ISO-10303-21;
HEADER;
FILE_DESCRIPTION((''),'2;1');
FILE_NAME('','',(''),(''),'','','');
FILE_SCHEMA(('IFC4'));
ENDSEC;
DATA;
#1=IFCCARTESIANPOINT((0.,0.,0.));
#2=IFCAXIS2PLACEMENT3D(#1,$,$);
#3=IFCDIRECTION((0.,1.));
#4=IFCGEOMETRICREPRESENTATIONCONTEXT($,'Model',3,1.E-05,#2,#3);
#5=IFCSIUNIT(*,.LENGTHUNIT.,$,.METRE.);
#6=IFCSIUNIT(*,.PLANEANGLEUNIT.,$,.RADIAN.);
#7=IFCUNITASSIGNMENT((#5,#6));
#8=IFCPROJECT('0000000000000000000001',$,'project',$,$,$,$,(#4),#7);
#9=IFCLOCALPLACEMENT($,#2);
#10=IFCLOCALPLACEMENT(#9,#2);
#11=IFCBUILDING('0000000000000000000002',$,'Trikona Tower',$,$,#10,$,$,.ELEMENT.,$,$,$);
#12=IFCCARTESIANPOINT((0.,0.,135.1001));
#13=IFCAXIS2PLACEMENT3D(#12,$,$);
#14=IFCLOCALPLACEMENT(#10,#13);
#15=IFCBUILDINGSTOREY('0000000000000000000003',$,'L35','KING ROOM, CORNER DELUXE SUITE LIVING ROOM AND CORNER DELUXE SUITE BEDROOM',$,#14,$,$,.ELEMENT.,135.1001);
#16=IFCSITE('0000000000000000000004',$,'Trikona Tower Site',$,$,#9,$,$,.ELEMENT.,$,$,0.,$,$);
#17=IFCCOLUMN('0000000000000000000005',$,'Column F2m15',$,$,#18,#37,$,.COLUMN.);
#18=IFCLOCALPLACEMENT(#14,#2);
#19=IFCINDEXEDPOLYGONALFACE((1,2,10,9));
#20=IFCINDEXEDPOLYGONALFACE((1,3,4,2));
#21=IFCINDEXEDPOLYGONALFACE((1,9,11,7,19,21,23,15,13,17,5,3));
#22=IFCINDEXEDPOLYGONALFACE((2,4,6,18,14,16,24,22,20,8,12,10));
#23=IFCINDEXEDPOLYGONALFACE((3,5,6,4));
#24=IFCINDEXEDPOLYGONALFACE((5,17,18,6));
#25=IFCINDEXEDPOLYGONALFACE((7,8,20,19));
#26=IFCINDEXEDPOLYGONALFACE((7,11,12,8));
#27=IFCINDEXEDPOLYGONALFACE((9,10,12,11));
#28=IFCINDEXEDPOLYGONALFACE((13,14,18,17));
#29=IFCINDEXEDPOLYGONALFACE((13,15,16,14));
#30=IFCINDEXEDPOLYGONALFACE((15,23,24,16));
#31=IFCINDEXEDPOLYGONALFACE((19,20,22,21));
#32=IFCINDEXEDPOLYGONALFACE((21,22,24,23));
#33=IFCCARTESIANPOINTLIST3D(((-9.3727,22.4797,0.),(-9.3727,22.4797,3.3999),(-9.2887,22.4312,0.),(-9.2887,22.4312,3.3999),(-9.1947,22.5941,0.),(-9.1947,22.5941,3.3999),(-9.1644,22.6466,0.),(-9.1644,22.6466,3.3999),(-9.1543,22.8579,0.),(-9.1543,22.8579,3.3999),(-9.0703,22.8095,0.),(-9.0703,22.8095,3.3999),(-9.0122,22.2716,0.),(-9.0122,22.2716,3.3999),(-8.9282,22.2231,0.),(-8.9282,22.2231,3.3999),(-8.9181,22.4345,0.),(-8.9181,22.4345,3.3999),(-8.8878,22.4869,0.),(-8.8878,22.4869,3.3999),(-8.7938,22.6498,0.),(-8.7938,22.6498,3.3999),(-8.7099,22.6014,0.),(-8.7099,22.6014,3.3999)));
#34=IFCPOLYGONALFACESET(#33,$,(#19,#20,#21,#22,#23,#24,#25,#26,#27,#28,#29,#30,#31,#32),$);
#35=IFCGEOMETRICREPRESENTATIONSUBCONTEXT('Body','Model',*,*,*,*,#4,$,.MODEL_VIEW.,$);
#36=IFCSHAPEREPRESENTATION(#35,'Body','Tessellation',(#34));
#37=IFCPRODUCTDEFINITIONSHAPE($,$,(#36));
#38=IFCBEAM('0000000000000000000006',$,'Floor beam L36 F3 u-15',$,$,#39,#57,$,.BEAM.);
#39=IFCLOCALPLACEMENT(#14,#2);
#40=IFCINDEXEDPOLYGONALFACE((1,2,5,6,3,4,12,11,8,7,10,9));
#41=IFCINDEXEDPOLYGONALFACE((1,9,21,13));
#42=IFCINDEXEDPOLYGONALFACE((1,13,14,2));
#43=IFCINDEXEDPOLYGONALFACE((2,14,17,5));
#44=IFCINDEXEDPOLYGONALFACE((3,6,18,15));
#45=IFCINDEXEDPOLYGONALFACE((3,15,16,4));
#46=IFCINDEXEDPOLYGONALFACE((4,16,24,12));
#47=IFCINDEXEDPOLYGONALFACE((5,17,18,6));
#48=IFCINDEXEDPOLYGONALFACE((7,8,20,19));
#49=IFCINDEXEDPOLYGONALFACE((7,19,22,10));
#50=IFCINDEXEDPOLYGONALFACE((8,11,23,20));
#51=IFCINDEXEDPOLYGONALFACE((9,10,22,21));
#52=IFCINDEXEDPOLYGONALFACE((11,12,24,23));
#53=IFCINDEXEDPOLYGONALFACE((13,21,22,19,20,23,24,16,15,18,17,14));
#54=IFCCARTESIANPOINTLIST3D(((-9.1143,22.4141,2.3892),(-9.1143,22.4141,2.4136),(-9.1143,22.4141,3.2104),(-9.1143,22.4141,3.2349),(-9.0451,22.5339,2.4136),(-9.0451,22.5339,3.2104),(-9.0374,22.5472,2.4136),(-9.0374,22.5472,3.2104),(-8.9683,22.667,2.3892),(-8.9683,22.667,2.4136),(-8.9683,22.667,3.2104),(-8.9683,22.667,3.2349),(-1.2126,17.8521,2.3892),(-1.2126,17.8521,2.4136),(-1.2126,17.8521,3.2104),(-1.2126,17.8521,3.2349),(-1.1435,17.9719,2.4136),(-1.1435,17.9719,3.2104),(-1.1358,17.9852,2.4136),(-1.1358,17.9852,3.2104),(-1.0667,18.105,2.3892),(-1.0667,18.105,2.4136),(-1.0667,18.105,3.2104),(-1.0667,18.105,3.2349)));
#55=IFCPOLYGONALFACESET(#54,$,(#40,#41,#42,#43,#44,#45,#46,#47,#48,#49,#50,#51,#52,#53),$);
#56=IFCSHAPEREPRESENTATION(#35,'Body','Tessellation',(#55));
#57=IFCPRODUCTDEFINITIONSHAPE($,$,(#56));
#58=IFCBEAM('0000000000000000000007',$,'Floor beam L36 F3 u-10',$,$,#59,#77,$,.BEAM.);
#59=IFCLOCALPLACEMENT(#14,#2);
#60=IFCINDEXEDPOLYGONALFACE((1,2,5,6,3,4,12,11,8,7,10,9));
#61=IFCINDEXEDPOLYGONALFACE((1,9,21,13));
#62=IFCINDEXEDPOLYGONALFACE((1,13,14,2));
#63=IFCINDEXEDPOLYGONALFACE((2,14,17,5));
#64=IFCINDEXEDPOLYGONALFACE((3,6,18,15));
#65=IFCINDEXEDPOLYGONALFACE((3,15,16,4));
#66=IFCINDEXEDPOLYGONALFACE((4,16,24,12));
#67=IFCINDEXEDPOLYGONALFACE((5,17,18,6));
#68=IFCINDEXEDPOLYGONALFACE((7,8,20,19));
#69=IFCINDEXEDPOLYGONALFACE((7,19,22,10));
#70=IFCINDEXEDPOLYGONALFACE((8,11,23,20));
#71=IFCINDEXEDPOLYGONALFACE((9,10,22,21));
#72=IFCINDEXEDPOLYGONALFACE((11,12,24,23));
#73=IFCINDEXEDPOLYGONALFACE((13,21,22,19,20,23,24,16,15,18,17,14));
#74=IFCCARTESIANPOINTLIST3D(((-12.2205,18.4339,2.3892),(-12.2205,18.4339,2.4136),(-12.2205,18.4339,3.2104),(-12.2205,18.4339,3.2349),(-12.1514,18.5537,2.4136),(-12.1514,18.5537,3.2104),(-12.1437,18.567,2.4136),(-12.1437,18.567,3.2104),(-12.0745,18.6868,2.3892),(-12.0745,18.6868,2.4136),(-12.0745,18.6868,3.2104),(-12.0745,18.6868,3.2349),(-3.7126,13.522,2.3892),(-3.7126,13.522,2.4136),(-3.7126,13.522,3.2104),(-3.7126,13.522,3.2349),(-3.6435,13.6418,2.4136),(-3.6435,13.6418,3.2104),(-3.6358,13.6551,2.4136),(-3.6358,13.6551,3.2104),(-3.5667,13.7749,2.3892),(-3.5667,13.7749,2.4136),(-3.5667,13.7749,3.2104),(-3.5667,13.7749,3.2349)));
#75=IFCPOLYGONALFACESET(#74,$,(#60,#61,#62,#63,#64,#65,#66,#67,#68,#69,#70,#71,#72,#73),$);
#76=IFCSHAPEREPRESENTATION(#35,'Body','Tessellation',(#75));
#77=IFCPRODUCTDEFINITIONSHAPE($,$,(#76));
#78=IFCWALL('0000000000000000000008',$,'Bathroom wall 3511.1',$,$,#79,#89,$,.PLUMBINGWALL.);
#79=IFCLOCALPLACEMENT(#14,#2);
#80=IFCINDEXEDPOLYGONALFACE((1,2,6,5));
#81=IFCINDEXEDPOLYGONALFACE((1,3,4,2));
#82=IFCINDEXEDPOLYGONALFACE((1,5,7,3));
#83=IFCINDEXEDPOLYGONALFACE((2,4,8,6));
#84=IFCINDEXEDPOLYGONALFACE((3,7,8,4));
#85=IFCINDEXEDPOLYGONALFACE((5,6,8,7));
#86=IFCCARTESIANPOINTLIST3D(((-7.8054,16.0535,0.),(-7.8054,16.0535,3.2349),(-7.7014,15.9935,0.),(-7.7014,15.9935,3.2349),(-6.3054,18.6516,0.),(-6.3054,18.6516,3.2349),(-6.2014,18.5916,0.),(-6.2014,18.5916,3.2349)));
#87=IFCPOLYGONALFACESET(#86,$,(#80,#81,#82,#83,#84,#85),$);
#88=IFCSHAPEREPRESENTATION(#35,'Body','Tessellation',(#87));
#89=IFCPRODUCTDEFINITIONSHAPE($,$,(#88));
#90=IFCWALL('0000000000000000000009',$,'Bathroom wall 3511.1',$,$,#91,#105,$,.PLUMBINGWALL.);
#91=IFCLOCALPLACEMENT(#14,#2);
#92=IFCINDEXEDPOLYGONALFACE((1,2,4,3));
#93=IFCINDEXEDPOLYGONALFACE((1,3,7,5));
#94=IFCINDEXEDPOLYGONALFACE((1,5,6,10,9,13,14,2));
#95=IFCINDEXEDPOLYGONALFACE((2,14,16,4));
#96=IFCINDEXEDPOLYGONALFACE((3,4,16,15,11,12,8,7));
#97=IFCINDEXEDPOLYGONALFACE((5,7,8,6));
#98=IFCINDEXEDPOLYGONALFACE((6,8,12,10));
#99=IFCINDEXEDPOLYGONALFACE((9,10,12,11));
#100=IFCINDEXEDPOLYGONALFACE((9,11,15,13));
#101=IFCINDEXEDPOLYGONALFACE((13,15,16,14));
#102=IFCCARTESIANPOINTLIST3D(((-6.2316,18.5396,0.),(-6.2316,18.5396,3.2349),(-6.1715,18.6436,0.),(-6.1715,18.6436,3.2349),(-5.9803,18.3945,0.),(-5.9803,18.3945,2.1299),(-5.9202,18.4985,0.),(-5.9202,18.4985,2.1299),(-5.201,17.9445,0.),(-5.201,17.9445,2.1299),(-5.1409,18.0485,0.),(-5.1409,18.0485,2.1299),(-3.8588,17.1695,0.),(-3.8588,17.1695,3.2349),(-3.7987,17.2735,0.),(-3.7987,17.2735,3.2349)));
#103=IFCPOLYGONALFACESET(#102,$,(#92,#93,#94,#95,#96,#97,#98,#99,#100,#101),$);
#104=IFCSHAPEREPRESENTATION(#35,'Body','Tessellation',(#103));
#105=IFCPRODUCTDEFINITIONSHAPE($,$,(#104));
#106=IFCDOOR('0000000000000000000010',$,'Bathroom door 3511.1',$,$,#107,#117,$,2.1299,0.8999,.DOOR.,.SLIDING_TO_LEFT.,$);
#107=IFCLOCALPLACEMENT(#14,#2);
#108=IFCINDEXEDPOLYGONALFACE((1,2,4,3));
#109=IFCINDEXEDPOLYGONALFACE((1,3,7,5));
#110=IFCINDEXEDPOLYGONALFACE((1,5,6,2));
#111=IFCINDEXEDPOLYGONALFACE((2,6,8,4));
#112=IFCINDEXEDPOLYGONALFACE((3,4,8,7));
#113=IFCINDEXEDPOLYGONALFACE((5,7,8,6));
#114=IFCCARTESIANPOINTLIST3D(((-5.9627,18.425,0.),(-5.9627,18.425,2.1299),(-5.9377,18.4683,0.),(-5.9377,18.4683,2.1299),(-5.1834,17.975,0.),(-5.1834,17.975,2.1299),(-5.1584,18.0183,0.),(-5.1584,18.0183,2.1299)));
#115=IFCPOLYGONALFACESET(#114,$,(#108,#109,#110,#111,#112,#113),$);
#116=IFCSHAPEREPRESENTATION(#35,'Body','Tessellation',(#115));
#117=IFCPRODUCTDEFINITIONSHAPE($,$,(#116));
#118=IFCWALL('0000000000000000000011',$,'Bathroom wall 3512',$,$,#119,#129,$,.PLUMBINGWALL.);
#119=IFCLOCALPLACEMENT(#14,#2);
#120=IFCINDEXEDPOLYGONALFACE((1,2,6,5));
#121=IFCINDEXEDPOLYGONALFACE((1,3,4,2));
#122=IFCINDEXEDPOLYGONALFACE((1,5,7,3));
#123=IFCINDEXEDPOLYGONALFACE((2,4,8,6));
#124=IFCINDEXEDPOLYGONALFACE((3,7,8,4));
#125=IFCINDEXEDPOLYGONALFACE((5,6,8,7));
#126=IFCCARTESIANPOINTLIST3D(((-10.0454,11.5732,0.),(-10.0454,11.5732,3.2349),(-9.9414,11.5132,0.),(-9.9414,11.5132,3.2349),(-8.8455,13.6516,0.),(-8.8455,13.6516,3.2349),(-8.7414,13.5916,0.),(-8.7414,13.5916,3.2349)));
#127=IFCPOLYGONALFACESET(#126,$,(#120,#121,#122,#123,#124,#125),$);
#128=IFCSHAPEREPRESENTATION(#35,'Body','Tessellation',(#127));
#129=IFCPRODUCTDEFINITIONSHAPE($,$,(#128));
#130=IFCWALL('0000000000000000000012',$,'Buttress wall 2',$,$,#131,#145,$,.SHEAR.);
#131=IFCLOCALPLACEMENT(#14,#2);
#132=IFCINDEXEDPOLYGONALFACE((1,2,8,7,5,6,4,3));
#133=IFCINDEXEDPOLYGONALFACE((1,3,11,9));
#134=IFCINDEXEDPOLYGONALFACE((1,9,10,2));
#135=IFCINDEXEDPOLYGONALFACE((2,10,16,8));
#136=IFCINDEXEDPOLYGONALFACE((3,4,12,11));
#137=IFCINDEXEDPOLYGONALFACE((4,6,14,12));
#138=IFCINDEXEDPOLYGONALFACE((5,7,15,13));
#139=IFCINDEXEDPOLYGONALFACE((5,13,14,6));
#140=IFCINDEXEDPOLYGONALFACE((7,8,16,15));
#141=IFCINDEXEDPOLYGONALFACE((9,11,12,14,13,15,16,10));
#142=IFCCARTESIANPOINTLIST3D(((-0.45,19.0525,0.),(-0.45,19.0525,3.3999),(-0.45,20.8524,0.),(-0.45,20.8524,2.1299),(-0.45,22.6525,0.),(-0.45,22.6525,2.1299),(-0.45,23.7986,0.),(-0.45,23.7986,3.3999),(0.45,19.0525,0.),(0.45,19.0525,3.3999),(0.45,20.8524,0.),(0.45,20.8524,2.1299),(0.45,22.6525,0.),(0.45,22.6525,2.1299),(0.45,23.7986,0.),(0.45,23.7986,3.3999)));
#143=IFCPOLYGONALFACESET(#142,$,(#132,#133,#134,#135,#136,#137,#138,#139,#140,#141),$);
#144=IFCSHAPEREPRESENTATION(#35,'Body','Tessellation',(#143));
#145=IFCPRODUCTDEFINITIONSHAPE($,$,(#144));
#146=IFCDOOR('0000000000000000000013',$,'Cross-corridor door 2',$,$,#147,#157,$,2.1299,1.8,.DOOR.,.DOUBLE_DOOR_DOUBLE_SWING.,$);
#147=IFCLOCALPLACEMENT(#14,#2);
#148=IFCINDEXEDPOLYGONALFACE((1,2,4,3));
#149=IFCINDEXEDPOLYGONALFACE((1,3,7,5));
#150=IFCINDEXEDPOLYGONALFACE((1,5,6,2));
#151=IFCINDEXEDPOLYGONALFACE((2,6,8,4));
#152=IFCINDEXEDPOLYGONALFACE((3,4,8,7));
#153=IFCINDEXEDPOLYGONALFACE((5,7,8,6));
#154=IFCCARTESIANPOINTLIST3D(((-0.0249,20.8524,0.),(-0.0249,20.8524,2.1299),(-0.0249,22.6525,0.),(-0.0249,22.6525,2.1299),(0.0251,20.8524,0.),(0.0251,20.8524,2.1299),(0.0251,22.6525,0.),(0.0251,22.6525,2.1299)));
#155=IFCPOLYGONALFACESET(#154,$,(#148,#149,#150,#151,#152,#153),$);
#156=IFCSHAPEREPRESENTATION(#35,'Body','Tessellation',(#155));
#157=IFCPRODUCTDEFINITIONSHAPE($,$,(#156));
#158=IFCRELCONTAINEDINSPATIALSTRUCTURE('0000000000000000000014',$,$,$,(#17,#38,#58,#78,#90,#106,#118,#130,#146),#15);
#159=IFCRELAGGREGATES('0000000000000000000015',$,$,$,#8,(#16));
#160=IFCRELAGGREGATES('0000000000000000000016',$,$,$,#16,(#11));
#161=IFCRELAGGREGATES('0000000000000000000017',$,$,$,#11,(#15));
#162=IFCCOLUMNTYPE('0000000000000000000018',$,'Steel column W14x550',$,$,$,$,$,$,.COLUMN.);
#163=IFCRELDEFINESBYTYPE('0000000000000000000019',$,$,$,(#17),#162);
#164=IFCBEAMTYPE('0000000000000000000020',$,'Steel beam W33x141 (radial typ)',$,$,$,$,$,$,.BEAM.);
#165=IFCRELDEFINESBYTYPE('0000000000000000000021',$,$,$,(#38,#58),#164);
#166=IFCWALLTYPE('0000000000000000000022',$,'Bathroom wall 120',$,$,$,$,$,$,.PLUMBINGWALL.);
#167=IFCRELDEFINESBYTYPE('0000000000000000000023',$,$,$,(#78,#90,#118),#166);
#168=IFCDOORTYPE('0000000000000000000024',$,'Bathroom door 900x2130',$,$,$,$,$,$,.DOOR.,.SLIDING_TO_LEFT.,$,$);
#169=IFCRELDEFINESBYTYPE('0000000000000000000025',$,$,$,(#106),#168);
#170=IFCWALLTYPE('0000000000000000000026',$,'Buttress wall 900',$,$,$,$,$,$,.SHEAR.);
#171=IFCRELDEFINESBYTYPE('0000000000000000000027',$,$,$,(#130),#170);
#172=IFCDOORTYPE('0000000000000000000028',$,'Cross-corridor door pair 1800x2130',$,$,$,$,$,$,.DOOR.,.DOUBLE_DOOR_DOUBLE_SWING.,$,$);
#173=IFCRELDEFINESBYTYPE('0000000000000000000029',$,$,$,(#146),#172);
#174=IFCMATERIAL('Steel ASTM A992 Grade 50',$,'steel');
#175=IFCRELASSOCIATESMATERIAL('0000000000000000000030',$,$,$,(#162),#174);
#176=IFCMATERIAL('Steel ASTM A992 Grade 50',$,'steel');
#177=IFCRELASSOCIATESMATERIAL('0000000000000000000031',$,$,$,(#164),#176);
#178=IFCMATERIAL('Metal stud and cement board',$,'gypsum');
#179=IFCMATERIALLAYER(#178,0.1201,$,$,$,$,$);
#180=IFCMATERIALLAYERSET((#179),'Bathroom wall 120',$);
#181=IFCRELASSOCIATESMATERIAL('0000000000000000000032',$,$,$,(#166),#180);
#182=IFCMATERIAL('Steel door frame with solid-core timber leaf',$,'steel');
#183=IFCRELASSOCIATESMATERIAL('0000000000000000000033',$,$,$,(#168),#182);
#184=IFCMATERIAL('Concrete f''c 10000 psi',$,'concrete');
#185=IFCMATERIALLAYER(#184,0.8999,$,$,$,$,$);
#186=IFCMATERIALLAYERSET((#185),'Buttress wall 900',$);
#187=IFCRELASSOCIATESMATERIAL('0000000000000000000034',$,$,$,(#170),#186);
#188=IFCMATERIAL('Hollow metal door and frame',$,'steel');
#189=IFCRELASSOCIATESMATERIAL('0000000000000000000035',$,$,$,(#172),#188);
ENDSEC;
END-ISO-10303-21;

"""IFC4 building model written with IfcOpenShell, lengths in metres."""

from ifc_helpers import new_model, si_unit, direction, frame, frame_2d, origin, origin_2d, place, context, subcontext, project, spatial, rectangle, i_section, extrude, material, layer, layer_set, material_profile, profile_set, type_object, element, fill, save


model = new_model("IFC4")

# Units and contexts
model_context = context("Model", 3, precision=1e-05, world=origin(), true_north=direction((0.0, 1.0)))
body_context = subcontext(model_context, "Body", "Model", "MODEL_VIEW")
ifc_project = project(units=[si_unit("LENGTHUNIT", "METRE"), si_unit("PLANEANGLEUNIT", "RADIAN")], contexts=[model_context])

# Site, building, storey
site_placement = place(None, origin())
site = spatial("IfcSite", under=ifc_project, at=site_placement, Name="Trikona Tower Site", CompositionType="ELEMENT", RefElevation=0.0)
building_placement = place(site_placement, origin())
building = spatial("IfcBuilding", under=site, at=building_placement, Name="Trikona Tower", CompositionType="ELEMENT")
storey_placement = place(building_placement, frame((0.0, 0.0, 135.1001)))
storey = spatial("IfcBuildingStorey", under=building, at=storey_placement, Name="L35", Description="KING ROOM, CORNER DELUXE SUITE LIVING ROOM AND CORNER DELUXE SUITE BEDROOM", CompositionType="ELEMENT", Elevation=135.1001)

# Column
ifc_material_1 = material(Name="Steel ASTM A992 Grade 50", Category="steel")
ifc_material_profile_1 = material_profile(ifc_material_1, i_section(OverallWidth=0.4368, OverallDepth=0.5132, WebThickness=0.0605, FlangeThickness=0.0969, at=origin_2d()), Name="W14X550")
ifc_profile_set_1 = profile_set([ifc_material_profile_1], Name="Steel ASTM A992 Grade 50")
column_type = type_object("IfcColumnType", Name="Steel column W14x550", PredefinedType="COLUMN", material=ifc_profile_set_1)
column_placement = place(storey_placement, frame((-9.0413, 22.5405, 0.0), z_axis=(0.0, 0.0, 1.0), x_axis=(-0.5, -0.866025, 0.0)))
element("IfcColumn", 1, at=column_placement, inside=storey, type_object=column_type, Name="Column F2m15", PredefinedType="COLUMN", context=body_context, shape_type="SweptSolid", body=[
    extrude(i_section(OverallWidth=0.4368, OverallDepth=0.5132, WebThickness=0.0605, FlangeThickness=0.0969, at=origin_2d()), origin(), (0.0, 0.0, 1.0), 3.3999),
])

# Beams
ifc_material_2 = material(Name="Steel ASTM A992 Grade 50", Category="steel")
ifc_material_profile_2 = material_profile(ifc_material_2, i_section(OverallWidth=0.292, OverallDepth=0.8457, WebThickness=0.0154, FlangeThickness=0.0244, at=origin_2d()), Name="W33X141")
ifc_profile_set_2 = profile_set([ifc_material_profile_2], Name="Steel ASTM A992 Grade 50")
beam_type = type_object("IfcBeamType", Name="Steel beam W33x141 (radial typ)", PredefinedType="BEAM", material=ifc_profile_set_2)
beam_1_placement = place(storey_placement, frame((-1.1396, 17.9785, 2.812), z_axis=(-0.866025, 0.500001, 0.0), x_axis=(-0.500001, -0.866025, 0.0)))
element("IfcBeam", 2, at=beam_1_placement, inside=storey, type_object=beam_type, Name="Floor beam L36 F3 u-15", PredefinedType="BEAM", context=body_context, shape_type="SweptSolid", body=[
    extrude(i_section(OverallWidth=0.292, OverallDepth=0.8457, WebThickness=0.0154, FlangeThickness=0.0244, at=origin_2d()), origin(), (0.0, 0.0, 1.0), 9.124),
])
beam_2_placement = place(storey_placement, frame((-3.6396, 13.6484, 2.812), z_axis=(-0.866031, 0.499991, 0.0), x_axis=(-0.499991, -0.866031, 0.0)))
element("IfcBeam", 3, at=beam_2_placement, inside=storey, type_object=beam_type, Name="Floor beam L36 F3 u-10", PredefinedType="BEAM", context=body_context, shape_type="SweptSolid", body=[
    extrude(i_section(OverallWidth=0.292, OverallDepth=0.8457, WebThickness=0.0154, FlangeThickness=0.0244, at=origin_2d()), origin(), (0.0, 0.0, 1.0), 9.824),
])

# Wall
ifc_material_3 = material(Name="Metal stud and cement board", Category="gypsum")
ifc_layer_1 = layer(ifc_material_3, 0.1201)
ifc_layer_set_1 = layer_set([ifc_layer_1], Name="Bathroom wall 120")
wall_type_1 = type_object("IfcWallType", Name="Bathroom wall 120", PredefinedType="PLUMBINGWALL", material=ifc_layer_set_1)
wall_1_placement = place(storey_placement, frame((-6.2534, 18.6216, 0.0), z_axis=(0.0, 0.0, 1.0), x_axis=(-0.49999, -0.866031, 0.0)))
element("IfcWall", 4, at=wall_1_placement, inside=storey, type_object=wall_type_1, Name="Bathroom wall 3511.1", PredefinedType="PLUMBINGWALL", context=body_context, shape_type="SweptSolid", body=[
    extrude(rectangle(XDim=3.0, YDim=0.1201, at=frame_2d((1.5, 0.0))), origin(), (0.0, 0.0, 1.0), 3.2349),
])

# Wall, opening, door
wall_2_placement = place(storey_placement, frame((-3.8286, 17.2214, 0.0), z_axis=(0.0, 0.0, 1.0), x_axis=(-0.865997, 0.500049, 0.0)))
wall_2 = element("IfcWall", 5, at=wall_2_placement, inside=storey, type_object=wall_type_1, Name="Bathroom wall 3511.1", PredefinedType="PLUMBINGWALL", context=body_context, shape_type="SweptSolid", body=[
    extrude(rectangle(XDim=2.74, YDim=0.1201, at=frame_2d((1.3701, 0.0))), origin(), (0.0, 0.0, 1.0), 3.2349),
])
opening_1_placement = place(wall_2_placement, frame((1.55, 0.0, 0.0)))
opening_1 = element("IfcOpeningElement", 6, at=opening_1_placement, cuts=wall_2, PredefinedType="OPENING", context=body_context, shape_type="SweptSolid", body=[
    extrude(rectangle(XDim=0.8999, YDim=2.1299, at=frame_2d((0.45, 1.0649))), frame((0.0, 0.0701, 0.0), z_axis=(0.0, -1.0, 0.0), x_axis=(1.0, 0.0, 0.0)), (0.0, 0.0, 1.0), 0.1401),
])
ifc_material_4 = material(Name="Steel door frame with solid-core timber leaf", Category="steel")
door_type_1 = type_object("IfcDoorType", Name="Bathroom door 900x2130", OperationType="SLIDING_TO_LEFT", PredefinedType="DOOR", material=ifc_material_4)
door_1_placement = place(opening_1_placement, origin())
door_1 = element("IfcDoor", 7, at=door_1_placement, inside=storey, type_object=door_type_1, Name="Bathroom door 3511.1", OperationType="SLIDING_TO_LEFT", OverallHeight=2.1299, OverallWidth=0.8999, PredefinedType="DOOR", context=body_context, shape_type="SweptSolid", body=[
    extrude(rectangle(XDim=0.8999, YDim=2.1299, at=frame_2d((0.45, 1.0649))), frame((0.0, 0.0249, 0.0), z_axis=(0.0, -1.0, 0.0), x_axis=(1.0, 0.0, 0.0)), (0.0, 0.0, 1.0), 0.05),
])
fill(opening_1, door_1)

# Wall
wall_3_placement = place(storey_placement, frame((-8.7935, 13.6216, 0.0), z_axis=(0.0, 0.0, 1.0), x_axis=(-0.500001, -0.866025, 0.0)))
element("IfcWall", 8, at=wall_3_placement, inside=storey, type_object=wall_type_1, Name="Bathroom wall 3512", PredefinedType="PLUMBINGWALL", context=body_context, shape_type="SweptSolid", body=[
    extrude(rectangle(XDim=2.3999, YDim=0.1201, at=frame_2d((1.2, 0.0))), origin(), (0.0, 0.0, 1.0), 3.2349),
])

# Wall, opening, door
ifc_material_5 = material(Name="Concrete f'c 10000 psi", Category="concrete")
ifc_layer_2 = layer(ifc_material_5, 0.8999)
ifc_layer_set_2 = layer_set([ifc_layer_2], Name="Buttress wall 900")
wall_type_2 = type_object("IfcWallType", Name="Buttress wall 900", PredefinedType="SHEAR", material=ifc_layer_set_2)
wall_4_placement = place(storey_placement, frame((0.0, 19.0525, 0.0), z_axis=(0.0, 0.0, 1.0), x_axis=(0.0, 1.0, 0.0)))
wall_4 = element("IfcWall", 9, at=wall_4_placement, inside=storey, type_object=wall_type_2, Name="Buttress wall 2", PredefinedType="SHEAR", context=body_context, shape_type="SweptSolid", body=[
    extrude(rectangle(XDim=4.7461, YDim=0.8999, at=frame_2d((2.373, 0.0))), origin(), (0.0, 0.0, 1.0), 3.3999),
])
opening_2_placement = place(wall_4_placement, frame((1.8, 0.0, 0.0)))
opening_2 = element("IfcOpeningElement", 10, at=opening_2_placement, cuts=wall_4, PredefinedType="OPENING", context=body_context, shape_type="SweptSolid", body=[
    extrude(rectangle(XDim=1.8, YDim=2.1299, at=frame_2d((0.8999, 1.0649))), frame((0.0, 0.46, 0.0), z_axis=(0.0, -1.0, 0.0), x_axis=(1.0, 0.0, 0.0)), (0.0, 0.0, 1.0), 0.9199),
])
ifc_material_6 = material(Name="Hollow metal door and frame", Category="steel")
door_type_2 = type_object("IfcDoorType", Name="Cross-corridor door pair 1800x2130", OperationType="DOUBLE_DOOR_DOUBLE_SWING", PredefinedType="DOOR", material=ifc_material_6)
door_2_placement = place(opening_2_placement, origin())
door_2 = element("IfcDoor", 11, at=door_2_placement, inside=storey, type_object=door_type_2, Name="Cross-corridor door 2", OperationType="DOUBLE_DOOR_DOUBLE_SWING", OverallHeight=2.1299, OverallWidth=1.8, PredefinedType="DOOR", context=body_context, shape_type="SweptSolid", body=[
    extrude(rectangle(XDim=1.8, YDim=2.1299, at=frame_2d((0.8999, 1.0649))), frame((0.0, 0.0249, 0.0), z_axis=(0.0, -1.0, 0.0), x_axis=(1.0, 0.0, 0.0)), (0.0, 0.0, 1.0), 0.05),
])
fill(opening_2, door_2)

save(model, "model.ifc")
